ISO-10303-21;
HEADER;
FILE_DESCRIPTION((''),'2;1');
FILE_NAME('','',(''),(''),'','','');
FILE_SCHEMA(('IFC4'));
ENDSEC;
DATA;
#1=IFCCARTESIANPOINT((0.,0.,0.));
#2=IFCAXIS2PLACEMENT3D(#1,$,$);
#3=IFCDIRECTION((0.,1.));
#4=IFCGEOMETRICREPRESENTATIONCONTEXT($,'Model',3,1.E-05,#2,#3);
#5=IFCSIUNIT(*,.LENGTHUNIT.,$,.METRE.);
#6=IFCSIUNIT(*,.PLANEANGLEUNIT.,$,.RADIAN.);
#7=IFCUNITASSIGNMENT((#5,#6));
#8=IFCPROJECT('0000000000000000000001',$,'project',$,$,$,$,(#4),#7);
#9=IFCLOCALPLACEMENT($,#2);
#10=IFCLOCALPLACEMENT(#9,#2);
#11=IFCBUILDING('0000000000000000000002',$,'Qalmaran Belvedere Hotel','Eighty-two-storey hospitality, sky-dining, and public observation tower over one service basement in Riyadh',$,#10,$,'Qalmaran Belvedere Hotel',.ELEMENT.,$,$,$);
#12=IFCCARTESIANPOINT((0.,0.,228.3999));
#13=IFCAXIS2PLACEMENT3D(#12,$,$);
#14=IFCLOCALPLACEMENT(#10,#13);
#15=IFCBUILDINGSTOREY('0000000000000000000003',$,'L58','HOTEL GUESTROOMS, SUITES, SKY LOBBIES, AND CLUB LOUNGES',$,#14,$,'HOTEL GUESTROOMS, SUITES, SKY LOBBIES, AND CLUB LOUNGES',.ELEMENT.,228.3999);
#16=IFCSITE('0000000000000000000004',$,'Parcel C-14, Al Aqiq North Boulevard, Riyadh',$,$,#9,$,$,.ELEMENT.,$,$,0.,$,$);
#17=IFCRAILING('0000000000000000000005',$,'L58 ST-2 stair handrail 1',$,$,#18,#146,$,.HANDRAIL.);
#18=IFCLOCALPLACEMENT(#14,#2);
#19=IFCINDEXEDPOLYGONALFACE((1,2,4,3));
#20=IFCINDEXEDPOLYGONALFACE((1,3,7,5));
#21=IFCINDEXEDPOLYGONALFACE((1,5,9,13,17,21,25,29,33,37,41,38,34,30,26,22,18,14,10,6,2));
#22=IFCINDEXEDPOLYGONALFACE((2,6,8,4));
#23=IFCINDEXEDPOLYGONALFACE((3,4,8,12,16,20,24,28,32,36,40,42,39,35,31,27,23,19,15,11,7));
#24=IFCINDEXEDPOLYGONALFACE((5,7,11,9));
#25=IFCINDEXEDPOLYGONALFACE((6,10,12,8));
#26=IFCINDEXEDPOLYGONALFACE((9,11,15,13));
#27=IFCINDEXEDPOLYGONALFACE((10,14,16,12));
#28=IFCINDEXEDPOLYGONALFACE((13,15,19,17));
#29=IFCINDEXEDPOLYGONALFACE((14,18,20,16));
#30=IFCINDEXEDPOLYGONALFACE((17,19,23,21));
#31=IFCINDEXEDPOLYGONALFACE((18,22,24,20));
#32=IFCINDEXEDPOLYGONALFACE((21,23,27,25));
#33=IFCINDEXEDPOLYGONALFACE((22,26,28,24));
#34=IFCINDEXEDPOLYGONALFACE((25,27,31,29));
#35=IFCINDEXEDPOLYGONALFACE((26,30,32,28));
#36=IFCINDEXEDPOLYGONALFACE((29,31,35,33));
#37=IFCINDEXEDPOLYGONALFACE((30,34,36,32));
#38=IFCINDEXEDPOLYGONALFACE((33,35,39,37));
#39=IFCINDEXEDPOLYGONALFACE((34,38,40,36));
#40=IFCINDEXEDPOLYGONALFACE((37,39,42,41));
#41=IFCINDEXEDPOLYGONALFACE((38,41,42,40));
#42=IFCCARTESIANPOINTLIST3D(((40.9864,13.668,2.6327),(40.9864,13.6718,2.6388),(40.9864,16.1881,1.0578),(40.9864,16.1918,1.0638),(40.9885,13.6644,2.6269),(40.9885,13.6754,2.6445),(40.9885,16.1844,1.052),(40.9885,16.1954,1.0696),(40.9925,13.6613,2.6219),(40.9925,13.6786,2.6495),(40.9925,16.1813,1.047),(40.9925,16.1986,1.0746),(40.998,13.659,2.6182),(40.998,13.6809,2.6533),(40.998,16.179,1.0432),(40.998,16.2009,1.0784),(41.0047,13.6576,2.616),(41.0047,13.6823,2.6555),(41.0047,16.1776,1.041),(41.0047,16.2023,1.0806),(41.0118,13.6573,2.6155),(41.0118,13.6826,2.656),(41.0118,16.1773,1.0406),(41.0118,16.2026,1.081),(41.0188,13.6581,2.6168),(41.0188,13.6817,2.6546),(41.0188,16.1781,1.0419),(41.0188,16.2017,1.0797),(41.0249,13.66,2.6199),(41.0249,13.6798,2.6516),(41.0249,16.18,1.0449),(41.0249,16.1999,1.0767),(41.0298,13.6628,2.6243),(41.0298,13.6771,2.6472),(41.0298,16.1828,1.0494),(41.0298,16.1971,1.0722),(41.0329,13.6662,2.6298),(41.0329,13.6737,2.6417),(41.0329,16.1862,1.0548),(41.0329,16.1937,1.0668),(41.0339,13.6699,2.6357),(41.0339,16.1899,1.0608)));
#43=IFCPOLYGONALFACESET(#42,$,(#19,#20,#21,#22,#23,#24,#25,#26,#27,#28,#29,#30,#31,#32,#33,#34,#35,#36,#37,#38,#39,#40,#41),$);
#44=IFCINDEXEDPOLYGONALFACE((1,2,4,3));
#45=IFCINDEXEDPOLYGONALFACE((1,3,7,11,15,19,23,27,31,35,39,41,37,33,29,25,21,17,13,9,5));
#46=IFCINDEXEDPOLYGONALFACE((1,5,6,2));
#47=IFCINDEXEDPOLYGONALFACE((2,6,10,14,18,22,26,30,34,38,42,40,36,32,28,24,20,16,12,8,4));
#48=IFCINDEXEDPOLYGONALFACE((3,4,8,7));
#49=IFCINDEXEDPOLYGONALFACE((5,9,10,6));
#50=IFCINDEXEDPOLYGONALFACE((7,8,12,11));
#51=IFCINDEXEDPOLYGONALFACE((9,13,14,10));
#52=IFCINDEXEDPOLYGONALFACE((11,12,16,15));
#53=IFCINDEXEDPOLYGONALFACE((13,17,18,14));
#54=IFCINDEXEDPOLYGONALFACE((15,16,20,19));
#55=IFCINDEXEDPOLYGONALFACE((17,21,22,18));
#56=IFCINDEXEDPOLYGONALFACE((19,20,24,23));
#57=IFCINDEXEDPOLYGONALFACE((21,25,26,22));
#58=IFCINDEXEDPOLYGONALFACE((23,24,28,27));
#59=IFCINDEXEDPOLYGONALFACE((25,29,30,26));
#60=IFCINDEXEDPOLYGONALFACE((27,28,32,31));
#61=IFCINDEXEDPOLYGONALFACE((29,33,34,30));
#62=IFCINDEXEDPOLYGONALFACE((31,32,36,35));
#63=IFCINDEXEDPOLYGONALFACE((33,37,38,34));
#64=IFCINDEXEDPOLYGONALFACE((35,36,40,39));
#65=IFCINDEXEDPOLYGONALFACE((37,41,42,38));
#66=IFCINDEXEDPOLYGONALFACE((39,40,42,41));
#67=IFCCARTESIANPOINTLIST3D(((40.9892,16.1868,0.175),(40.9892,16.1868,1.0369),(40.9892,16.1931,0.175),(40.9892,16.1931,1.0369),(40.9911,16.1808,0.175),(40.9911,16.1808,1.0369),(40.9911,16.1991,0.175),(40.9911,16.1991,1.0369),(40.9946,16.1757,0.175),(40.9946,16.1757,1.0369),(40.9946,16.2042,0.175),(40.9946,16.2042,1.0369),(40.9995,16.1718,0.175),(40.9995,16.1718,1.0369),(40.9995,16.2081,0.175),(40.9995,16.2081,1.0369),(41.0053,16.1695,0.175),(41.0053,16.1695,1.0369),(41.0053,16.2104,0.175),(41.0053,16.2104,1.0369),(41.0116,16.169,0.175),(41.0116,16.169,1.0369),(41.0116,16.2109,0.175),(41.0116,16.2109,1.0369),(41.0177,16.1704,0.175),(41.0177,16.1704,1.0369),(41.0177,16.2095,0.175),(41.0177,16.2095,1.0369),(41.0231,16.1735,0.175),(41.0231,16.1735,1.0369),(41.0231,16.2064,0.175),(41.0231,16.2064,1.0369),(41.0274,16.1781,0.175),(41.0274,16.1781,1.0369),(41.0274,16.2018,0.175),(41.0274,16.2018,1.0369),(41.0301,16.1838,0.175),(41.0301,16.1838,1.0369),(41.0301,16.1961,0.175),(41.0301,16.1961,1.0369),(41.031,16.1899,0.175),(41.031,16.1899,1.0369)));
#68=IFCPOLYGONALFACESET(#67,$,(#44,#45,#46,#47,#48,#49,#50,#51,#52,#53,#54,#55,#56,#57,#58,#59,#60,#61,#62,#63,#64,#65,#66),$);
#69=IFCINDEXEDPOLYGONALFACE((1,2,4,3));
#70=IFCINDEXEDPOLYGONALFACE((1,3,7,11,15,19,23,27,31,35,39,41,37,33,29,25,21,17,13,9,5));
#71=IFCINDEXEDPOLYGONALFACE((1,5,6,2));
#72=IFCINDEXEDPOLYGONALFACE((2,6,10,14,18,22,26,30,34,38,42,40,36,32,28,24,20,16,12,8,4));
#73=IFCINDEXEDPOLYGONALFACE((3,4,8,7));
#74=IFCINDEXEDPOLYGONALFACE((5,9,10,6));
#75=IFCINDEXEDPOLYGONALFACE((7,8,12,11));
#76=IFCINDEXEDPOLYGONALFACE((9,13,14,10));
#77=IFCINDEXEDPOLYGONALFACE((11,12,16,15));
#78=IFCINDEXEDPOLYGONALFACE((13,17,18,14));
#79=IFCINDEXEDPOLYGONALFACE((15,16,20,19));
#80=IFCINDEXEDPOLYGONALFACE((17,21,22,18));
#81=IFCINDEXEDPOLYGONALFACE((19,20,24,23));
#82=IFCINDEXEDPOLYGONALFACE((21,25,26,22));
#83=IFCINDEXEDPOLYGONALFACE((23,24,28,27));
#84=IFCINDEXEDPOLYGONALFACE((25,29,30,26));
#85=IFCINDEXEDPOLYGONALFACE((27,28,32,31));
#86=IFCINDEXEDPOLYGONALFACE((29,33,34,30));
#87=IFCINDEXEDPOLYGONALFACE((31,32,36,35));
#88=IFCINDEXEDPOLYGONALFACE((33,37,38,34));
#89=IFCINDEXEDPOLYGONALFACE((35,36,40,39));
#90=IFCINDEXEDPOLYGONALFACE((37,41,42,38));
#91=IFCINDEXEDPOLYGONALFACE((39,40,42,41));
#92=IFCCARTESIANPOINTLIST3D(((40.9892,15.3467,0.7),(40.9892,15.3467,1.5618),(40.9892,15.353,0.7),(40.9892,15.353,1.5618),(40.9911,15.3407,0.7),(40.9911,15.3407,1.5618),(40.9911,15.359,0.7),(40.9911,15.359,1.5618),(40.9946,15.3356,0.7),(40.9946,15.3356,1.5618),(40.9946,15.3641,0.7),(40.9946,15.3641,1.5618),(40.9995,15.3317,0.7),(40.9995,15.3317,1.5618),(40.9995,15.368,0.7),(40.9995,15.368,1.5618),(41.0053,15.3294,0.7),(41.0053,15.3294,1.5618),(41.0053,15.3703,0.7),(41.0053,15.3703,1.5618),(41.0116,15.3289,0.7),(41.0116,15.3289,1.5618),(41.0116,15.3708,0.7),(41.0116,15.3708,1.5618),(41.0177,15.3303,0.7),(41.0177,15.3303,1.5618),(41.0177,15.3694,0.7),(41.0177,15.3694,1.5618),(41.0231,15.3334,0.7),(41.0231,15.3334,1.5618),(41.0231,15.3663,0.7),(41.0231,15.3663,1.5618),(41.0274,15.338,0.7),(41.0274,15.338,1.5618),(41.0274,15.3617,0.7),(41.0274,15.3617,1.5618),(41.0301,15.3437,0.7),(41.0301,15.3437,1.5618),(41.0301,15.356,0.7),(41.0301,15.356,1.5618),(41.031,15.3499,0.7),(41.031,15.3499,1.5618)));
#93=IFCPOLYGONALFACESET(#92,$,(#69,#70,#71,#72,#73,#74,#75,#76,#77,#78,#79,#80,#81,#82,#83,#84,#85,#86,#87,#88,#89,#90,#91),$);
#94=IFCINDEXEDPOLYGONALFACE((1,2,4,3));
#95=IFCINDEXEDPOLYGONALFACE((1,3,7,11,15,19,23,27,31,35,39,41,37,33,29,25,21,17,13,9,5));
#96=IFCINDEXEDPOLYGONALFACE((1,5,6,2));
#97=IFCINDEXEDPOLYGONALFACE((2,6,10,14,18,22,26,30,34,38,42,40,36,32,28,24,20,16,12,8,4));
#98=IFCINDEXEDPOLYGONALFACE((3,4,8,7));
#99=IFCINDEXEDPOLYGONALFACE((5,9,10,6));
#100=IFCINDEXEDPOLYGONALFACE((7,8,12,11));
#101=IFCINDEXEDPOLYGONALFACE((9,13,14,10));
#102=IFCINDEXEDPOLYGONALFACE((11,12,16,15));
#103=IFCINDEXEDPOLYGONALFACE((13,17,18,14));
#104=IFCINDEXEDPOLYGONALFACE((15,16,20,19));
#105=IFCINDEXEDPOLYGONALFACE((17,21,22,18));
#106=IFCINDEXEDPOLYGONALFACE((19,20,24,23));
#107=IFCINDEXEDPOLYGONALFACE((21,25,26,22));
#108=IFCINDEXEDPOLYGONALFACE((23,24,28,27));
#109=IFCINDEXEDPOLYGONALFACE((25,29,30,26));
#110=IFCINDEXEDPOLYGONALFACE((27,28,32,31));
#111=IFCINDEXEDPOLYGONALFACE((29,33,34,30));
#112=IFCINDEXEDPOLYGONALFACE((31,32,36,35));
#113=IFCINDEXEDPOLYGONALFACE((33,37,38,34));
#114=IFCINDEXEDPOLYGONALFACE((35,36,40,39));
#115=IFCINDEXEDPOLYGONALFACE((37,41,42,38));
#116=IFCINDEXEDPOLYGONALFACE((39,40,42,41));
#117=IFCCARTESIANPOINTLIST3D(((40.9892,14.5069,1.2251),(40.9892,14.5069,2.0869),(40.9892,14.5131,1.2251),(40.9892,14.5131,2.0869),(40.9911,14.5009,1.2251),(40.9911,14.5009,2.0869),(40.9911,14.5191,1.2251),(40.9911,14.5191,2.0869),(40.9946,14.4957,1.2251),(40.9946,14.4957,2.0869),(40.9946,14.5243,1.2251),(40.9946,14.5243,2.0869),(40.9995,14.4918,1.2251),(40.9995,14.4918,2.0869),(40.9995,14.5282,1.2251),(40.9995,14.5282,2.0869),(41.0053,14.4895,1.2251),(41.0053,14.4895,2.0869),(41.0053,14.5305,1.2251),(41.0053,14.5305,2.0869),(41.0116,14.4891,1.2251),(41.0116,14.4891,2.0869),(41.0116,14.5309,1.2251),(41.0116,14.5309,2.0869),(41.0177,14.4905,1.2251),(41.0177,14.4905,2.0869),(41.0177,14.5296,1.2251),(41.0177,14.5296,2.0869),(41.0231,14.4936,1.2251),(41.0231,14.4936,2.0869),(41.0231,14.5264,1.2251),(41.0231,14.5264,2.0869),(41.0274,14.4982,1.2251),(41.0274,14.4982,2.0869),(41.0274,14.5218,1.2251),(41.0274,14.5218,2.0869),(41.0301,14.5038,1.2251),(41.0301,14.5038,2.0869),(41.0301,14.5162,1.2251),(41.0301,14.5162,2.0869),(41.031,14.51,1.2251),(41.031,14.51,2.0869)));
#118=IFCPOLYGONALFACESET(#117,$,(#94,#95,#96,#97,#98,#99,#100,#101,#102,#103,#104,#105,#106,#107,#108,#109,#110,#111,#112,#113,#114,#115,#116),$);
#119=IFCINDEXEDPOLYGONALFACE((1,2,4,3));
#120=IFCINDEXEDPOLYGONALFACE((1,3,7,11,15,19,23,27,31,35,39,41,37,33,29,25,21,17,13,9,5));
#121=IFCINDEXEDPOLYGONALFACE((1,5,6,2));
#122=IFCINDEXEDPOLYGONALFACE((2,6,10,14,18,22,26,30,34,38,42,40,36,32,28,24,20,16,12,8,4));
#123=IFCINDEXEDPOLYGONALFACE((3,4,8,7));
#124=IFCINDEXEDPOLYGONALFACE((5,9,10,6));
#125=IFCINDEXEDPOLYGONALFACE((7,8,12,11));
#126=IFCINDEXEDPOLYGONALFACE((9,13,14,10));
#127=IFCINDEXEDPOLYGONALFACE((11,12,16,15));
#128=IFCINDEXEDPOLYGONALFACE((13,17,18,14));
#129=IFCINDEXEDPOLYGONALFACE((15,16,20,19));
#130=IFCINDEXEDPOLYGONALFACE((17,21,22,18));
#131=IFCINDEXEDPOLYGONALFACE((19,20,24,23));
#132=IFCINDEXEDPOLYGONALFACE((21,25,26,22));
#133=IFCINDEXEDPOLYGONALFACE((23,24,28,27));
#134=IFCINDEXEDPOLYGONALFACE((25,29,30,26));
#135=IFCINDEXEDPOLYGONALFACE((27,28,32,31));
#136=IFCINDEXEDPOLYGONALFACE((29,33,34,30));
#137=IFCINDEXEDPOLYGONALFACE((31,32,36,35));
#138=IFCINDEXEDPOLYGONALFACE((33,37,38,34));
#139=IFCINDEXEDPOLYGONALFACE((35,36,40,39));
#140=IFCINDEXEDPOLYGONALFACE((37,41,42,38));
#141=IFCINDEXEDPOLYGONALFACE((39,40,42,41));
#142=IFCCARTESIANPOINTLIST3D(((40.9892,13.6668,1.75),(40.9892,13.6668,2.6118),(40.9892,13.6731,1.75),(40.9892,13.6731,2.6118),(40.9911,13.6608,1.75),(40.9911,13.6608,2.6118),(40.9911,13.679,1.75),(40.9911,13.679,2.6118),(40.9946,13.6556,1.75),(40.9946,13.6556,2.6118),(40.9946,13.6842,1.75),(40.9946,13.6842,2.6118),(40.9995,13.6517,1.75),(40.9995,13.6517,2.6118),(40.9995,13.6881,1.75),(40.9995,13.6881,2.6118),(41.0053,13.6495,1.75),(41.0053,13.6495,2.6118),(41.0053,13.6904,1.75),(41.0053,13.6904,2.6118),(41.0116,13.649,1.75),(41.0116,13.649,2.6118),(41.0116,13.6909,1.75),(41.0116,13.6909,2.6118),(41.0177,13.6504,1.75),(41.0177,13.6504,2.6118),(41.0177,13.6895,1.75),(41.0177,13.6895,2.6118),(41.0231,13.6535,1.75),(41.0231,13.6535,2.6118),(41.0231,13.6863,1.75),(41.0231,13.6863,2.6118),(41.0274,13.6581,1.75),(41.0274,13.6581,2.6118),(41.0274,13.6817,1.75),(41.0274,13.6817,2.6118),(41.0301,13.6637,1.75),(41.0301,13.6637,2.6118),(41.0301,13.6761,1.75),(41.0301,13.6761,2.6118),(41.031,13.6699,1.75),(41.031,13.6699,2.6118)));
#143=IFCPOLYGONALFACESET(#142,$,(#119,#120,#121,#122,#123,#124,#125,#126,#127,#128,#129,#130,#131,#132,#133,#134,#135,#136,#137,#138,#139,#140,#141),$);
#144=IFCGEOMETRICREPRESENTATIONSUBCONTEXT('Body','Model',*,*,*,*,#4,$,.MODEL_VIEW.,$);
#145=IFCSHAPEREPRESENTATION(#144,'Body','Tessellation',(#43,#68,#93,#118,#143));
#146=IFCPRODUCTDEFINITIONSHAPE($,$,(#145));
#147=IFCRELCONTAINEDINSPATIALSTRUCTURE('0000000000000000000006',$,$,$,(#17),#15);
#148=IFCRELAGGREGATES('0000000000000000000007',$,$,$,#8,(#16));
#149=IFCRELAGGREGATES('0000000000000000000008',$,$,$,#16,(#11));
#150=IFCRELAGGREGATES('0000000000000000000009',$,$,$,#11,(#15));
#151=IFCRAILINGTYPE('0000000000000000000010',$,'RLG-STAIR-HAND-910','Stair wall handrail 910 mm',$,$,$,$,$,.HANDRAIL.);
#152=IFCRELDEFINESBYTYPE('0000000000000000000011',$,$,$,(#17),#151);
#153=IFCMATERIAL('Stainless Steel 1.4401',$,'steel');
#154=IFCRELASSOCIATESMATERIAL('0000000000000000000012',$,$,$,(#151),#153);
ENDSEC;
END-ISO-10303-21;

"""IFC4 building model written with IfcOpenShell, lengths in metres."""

from ifc_helpers import new_model, si_unit, direction, frame, origin, origin_2d, place, context, subcontext, project, spatial, circle, extrude, material, type_object, element, save


model = new_model("IFC4")

# Units and contexts
model_context = context("Model", 3, precision=1e-05, world=origin(), true_north=direction((0.0, 1.0)))
body_context = subcontext(model_context, "Body", "Model", "MODEL_VIEW")
ifc_project = project(units=[si_unit("LENGTHUNIT", "METRE"), si_unit("PLANEANGLEUNIT", "RADIAN")], contexts=[model_context])

# Site, building, storey
site_placement = place(None, origin())
site = spatial("IfcSite", under=ifc_project, at=site_placement, Name="Parcel C-14, Al Aqiq North Boulevard, Riyadh", CompositionType="ELEMENT", RefElevation=0.0)
building_placement = place(site_placement, origin())
building = spatial("IfcBuilding", under=site, at=building_placement, Name="Qalmaran Belvedere Hotel", Description="Eighty-two-storey hospitality, sky-dining, and public observation tower over one service basement in Riyadh", LongName="Qalmaran Belvedere Hotel", CompositionType="ELEMENT")
storey_placement = place(building_placement, frame((0.0, 0.0, 228.3999)))
storey = spatial("IfcBuildingStorey", under=building, at=storey_placement, Name="L58", Description="HOTEL GUESTROOMS, SUITES, SKY LOBBIES, AND CLUB LOUNGES", LongName="HOTEL GUESTROOMS, SUITES, SKY LOBBIES, AND CLUB LOUNGES", CompositionType="ELEMENT", Elevation=228.3999)

# Shared definitions
ifc_material_1 = material(Name="Stainless Steel 1.4401", Category="steel")

# Railing
railing_type = type_object("IfcRailingType", Name="RLG-STAIR-HAND-910", Description="Stair wall handrail 910 mm", PredefinedType="HANDRAIL", material=ifc_material_1)
railing_placement = place(storey_placement, frame((41.01, 16.1899, 0.175)))
element("IfcRailing", 1, at=railing_placement, inside=storey, type_object=railing_type, Name="L58 ST-2 stair handrail 1", PredefinedType="HANDRAIL", context=body_context, shape_type="SweptSolid", body=[
    extrude(circle(Radius=0.0239, at=origin_2d()), frame((0.0, 0.0, 0.8857), z_axis=(0.0, -0.848008, 0.529984), x_axis=(1.0, 0.0, 0.0)), (0.0, 0.0, 1.0), 2.9717),
    extrude(circle(Radius=0.021, at=origin_2d()), origin(), (0.0, 0.0, 1.0), 0.8618),
    extrude(circle(Radius=0.021, at=origin_2d()), frame((0.0, -0.8401, 0.5249)), (0.0, 0.0, 1.0), 0.8618),
    extrude(circle(Radius=0.021, at=origin_2d()), frame((0.0, -1.6799, 1.05)), (0.0, 0.0, 1.0), 0.8618),
    extrude(circle(Radius=0.021, at=origin_2d()), frame((0.0, -2.52, 1.575)), (0.0, 0.0, 1.0), 0.8618),
])

save(model, "model.ifc")
